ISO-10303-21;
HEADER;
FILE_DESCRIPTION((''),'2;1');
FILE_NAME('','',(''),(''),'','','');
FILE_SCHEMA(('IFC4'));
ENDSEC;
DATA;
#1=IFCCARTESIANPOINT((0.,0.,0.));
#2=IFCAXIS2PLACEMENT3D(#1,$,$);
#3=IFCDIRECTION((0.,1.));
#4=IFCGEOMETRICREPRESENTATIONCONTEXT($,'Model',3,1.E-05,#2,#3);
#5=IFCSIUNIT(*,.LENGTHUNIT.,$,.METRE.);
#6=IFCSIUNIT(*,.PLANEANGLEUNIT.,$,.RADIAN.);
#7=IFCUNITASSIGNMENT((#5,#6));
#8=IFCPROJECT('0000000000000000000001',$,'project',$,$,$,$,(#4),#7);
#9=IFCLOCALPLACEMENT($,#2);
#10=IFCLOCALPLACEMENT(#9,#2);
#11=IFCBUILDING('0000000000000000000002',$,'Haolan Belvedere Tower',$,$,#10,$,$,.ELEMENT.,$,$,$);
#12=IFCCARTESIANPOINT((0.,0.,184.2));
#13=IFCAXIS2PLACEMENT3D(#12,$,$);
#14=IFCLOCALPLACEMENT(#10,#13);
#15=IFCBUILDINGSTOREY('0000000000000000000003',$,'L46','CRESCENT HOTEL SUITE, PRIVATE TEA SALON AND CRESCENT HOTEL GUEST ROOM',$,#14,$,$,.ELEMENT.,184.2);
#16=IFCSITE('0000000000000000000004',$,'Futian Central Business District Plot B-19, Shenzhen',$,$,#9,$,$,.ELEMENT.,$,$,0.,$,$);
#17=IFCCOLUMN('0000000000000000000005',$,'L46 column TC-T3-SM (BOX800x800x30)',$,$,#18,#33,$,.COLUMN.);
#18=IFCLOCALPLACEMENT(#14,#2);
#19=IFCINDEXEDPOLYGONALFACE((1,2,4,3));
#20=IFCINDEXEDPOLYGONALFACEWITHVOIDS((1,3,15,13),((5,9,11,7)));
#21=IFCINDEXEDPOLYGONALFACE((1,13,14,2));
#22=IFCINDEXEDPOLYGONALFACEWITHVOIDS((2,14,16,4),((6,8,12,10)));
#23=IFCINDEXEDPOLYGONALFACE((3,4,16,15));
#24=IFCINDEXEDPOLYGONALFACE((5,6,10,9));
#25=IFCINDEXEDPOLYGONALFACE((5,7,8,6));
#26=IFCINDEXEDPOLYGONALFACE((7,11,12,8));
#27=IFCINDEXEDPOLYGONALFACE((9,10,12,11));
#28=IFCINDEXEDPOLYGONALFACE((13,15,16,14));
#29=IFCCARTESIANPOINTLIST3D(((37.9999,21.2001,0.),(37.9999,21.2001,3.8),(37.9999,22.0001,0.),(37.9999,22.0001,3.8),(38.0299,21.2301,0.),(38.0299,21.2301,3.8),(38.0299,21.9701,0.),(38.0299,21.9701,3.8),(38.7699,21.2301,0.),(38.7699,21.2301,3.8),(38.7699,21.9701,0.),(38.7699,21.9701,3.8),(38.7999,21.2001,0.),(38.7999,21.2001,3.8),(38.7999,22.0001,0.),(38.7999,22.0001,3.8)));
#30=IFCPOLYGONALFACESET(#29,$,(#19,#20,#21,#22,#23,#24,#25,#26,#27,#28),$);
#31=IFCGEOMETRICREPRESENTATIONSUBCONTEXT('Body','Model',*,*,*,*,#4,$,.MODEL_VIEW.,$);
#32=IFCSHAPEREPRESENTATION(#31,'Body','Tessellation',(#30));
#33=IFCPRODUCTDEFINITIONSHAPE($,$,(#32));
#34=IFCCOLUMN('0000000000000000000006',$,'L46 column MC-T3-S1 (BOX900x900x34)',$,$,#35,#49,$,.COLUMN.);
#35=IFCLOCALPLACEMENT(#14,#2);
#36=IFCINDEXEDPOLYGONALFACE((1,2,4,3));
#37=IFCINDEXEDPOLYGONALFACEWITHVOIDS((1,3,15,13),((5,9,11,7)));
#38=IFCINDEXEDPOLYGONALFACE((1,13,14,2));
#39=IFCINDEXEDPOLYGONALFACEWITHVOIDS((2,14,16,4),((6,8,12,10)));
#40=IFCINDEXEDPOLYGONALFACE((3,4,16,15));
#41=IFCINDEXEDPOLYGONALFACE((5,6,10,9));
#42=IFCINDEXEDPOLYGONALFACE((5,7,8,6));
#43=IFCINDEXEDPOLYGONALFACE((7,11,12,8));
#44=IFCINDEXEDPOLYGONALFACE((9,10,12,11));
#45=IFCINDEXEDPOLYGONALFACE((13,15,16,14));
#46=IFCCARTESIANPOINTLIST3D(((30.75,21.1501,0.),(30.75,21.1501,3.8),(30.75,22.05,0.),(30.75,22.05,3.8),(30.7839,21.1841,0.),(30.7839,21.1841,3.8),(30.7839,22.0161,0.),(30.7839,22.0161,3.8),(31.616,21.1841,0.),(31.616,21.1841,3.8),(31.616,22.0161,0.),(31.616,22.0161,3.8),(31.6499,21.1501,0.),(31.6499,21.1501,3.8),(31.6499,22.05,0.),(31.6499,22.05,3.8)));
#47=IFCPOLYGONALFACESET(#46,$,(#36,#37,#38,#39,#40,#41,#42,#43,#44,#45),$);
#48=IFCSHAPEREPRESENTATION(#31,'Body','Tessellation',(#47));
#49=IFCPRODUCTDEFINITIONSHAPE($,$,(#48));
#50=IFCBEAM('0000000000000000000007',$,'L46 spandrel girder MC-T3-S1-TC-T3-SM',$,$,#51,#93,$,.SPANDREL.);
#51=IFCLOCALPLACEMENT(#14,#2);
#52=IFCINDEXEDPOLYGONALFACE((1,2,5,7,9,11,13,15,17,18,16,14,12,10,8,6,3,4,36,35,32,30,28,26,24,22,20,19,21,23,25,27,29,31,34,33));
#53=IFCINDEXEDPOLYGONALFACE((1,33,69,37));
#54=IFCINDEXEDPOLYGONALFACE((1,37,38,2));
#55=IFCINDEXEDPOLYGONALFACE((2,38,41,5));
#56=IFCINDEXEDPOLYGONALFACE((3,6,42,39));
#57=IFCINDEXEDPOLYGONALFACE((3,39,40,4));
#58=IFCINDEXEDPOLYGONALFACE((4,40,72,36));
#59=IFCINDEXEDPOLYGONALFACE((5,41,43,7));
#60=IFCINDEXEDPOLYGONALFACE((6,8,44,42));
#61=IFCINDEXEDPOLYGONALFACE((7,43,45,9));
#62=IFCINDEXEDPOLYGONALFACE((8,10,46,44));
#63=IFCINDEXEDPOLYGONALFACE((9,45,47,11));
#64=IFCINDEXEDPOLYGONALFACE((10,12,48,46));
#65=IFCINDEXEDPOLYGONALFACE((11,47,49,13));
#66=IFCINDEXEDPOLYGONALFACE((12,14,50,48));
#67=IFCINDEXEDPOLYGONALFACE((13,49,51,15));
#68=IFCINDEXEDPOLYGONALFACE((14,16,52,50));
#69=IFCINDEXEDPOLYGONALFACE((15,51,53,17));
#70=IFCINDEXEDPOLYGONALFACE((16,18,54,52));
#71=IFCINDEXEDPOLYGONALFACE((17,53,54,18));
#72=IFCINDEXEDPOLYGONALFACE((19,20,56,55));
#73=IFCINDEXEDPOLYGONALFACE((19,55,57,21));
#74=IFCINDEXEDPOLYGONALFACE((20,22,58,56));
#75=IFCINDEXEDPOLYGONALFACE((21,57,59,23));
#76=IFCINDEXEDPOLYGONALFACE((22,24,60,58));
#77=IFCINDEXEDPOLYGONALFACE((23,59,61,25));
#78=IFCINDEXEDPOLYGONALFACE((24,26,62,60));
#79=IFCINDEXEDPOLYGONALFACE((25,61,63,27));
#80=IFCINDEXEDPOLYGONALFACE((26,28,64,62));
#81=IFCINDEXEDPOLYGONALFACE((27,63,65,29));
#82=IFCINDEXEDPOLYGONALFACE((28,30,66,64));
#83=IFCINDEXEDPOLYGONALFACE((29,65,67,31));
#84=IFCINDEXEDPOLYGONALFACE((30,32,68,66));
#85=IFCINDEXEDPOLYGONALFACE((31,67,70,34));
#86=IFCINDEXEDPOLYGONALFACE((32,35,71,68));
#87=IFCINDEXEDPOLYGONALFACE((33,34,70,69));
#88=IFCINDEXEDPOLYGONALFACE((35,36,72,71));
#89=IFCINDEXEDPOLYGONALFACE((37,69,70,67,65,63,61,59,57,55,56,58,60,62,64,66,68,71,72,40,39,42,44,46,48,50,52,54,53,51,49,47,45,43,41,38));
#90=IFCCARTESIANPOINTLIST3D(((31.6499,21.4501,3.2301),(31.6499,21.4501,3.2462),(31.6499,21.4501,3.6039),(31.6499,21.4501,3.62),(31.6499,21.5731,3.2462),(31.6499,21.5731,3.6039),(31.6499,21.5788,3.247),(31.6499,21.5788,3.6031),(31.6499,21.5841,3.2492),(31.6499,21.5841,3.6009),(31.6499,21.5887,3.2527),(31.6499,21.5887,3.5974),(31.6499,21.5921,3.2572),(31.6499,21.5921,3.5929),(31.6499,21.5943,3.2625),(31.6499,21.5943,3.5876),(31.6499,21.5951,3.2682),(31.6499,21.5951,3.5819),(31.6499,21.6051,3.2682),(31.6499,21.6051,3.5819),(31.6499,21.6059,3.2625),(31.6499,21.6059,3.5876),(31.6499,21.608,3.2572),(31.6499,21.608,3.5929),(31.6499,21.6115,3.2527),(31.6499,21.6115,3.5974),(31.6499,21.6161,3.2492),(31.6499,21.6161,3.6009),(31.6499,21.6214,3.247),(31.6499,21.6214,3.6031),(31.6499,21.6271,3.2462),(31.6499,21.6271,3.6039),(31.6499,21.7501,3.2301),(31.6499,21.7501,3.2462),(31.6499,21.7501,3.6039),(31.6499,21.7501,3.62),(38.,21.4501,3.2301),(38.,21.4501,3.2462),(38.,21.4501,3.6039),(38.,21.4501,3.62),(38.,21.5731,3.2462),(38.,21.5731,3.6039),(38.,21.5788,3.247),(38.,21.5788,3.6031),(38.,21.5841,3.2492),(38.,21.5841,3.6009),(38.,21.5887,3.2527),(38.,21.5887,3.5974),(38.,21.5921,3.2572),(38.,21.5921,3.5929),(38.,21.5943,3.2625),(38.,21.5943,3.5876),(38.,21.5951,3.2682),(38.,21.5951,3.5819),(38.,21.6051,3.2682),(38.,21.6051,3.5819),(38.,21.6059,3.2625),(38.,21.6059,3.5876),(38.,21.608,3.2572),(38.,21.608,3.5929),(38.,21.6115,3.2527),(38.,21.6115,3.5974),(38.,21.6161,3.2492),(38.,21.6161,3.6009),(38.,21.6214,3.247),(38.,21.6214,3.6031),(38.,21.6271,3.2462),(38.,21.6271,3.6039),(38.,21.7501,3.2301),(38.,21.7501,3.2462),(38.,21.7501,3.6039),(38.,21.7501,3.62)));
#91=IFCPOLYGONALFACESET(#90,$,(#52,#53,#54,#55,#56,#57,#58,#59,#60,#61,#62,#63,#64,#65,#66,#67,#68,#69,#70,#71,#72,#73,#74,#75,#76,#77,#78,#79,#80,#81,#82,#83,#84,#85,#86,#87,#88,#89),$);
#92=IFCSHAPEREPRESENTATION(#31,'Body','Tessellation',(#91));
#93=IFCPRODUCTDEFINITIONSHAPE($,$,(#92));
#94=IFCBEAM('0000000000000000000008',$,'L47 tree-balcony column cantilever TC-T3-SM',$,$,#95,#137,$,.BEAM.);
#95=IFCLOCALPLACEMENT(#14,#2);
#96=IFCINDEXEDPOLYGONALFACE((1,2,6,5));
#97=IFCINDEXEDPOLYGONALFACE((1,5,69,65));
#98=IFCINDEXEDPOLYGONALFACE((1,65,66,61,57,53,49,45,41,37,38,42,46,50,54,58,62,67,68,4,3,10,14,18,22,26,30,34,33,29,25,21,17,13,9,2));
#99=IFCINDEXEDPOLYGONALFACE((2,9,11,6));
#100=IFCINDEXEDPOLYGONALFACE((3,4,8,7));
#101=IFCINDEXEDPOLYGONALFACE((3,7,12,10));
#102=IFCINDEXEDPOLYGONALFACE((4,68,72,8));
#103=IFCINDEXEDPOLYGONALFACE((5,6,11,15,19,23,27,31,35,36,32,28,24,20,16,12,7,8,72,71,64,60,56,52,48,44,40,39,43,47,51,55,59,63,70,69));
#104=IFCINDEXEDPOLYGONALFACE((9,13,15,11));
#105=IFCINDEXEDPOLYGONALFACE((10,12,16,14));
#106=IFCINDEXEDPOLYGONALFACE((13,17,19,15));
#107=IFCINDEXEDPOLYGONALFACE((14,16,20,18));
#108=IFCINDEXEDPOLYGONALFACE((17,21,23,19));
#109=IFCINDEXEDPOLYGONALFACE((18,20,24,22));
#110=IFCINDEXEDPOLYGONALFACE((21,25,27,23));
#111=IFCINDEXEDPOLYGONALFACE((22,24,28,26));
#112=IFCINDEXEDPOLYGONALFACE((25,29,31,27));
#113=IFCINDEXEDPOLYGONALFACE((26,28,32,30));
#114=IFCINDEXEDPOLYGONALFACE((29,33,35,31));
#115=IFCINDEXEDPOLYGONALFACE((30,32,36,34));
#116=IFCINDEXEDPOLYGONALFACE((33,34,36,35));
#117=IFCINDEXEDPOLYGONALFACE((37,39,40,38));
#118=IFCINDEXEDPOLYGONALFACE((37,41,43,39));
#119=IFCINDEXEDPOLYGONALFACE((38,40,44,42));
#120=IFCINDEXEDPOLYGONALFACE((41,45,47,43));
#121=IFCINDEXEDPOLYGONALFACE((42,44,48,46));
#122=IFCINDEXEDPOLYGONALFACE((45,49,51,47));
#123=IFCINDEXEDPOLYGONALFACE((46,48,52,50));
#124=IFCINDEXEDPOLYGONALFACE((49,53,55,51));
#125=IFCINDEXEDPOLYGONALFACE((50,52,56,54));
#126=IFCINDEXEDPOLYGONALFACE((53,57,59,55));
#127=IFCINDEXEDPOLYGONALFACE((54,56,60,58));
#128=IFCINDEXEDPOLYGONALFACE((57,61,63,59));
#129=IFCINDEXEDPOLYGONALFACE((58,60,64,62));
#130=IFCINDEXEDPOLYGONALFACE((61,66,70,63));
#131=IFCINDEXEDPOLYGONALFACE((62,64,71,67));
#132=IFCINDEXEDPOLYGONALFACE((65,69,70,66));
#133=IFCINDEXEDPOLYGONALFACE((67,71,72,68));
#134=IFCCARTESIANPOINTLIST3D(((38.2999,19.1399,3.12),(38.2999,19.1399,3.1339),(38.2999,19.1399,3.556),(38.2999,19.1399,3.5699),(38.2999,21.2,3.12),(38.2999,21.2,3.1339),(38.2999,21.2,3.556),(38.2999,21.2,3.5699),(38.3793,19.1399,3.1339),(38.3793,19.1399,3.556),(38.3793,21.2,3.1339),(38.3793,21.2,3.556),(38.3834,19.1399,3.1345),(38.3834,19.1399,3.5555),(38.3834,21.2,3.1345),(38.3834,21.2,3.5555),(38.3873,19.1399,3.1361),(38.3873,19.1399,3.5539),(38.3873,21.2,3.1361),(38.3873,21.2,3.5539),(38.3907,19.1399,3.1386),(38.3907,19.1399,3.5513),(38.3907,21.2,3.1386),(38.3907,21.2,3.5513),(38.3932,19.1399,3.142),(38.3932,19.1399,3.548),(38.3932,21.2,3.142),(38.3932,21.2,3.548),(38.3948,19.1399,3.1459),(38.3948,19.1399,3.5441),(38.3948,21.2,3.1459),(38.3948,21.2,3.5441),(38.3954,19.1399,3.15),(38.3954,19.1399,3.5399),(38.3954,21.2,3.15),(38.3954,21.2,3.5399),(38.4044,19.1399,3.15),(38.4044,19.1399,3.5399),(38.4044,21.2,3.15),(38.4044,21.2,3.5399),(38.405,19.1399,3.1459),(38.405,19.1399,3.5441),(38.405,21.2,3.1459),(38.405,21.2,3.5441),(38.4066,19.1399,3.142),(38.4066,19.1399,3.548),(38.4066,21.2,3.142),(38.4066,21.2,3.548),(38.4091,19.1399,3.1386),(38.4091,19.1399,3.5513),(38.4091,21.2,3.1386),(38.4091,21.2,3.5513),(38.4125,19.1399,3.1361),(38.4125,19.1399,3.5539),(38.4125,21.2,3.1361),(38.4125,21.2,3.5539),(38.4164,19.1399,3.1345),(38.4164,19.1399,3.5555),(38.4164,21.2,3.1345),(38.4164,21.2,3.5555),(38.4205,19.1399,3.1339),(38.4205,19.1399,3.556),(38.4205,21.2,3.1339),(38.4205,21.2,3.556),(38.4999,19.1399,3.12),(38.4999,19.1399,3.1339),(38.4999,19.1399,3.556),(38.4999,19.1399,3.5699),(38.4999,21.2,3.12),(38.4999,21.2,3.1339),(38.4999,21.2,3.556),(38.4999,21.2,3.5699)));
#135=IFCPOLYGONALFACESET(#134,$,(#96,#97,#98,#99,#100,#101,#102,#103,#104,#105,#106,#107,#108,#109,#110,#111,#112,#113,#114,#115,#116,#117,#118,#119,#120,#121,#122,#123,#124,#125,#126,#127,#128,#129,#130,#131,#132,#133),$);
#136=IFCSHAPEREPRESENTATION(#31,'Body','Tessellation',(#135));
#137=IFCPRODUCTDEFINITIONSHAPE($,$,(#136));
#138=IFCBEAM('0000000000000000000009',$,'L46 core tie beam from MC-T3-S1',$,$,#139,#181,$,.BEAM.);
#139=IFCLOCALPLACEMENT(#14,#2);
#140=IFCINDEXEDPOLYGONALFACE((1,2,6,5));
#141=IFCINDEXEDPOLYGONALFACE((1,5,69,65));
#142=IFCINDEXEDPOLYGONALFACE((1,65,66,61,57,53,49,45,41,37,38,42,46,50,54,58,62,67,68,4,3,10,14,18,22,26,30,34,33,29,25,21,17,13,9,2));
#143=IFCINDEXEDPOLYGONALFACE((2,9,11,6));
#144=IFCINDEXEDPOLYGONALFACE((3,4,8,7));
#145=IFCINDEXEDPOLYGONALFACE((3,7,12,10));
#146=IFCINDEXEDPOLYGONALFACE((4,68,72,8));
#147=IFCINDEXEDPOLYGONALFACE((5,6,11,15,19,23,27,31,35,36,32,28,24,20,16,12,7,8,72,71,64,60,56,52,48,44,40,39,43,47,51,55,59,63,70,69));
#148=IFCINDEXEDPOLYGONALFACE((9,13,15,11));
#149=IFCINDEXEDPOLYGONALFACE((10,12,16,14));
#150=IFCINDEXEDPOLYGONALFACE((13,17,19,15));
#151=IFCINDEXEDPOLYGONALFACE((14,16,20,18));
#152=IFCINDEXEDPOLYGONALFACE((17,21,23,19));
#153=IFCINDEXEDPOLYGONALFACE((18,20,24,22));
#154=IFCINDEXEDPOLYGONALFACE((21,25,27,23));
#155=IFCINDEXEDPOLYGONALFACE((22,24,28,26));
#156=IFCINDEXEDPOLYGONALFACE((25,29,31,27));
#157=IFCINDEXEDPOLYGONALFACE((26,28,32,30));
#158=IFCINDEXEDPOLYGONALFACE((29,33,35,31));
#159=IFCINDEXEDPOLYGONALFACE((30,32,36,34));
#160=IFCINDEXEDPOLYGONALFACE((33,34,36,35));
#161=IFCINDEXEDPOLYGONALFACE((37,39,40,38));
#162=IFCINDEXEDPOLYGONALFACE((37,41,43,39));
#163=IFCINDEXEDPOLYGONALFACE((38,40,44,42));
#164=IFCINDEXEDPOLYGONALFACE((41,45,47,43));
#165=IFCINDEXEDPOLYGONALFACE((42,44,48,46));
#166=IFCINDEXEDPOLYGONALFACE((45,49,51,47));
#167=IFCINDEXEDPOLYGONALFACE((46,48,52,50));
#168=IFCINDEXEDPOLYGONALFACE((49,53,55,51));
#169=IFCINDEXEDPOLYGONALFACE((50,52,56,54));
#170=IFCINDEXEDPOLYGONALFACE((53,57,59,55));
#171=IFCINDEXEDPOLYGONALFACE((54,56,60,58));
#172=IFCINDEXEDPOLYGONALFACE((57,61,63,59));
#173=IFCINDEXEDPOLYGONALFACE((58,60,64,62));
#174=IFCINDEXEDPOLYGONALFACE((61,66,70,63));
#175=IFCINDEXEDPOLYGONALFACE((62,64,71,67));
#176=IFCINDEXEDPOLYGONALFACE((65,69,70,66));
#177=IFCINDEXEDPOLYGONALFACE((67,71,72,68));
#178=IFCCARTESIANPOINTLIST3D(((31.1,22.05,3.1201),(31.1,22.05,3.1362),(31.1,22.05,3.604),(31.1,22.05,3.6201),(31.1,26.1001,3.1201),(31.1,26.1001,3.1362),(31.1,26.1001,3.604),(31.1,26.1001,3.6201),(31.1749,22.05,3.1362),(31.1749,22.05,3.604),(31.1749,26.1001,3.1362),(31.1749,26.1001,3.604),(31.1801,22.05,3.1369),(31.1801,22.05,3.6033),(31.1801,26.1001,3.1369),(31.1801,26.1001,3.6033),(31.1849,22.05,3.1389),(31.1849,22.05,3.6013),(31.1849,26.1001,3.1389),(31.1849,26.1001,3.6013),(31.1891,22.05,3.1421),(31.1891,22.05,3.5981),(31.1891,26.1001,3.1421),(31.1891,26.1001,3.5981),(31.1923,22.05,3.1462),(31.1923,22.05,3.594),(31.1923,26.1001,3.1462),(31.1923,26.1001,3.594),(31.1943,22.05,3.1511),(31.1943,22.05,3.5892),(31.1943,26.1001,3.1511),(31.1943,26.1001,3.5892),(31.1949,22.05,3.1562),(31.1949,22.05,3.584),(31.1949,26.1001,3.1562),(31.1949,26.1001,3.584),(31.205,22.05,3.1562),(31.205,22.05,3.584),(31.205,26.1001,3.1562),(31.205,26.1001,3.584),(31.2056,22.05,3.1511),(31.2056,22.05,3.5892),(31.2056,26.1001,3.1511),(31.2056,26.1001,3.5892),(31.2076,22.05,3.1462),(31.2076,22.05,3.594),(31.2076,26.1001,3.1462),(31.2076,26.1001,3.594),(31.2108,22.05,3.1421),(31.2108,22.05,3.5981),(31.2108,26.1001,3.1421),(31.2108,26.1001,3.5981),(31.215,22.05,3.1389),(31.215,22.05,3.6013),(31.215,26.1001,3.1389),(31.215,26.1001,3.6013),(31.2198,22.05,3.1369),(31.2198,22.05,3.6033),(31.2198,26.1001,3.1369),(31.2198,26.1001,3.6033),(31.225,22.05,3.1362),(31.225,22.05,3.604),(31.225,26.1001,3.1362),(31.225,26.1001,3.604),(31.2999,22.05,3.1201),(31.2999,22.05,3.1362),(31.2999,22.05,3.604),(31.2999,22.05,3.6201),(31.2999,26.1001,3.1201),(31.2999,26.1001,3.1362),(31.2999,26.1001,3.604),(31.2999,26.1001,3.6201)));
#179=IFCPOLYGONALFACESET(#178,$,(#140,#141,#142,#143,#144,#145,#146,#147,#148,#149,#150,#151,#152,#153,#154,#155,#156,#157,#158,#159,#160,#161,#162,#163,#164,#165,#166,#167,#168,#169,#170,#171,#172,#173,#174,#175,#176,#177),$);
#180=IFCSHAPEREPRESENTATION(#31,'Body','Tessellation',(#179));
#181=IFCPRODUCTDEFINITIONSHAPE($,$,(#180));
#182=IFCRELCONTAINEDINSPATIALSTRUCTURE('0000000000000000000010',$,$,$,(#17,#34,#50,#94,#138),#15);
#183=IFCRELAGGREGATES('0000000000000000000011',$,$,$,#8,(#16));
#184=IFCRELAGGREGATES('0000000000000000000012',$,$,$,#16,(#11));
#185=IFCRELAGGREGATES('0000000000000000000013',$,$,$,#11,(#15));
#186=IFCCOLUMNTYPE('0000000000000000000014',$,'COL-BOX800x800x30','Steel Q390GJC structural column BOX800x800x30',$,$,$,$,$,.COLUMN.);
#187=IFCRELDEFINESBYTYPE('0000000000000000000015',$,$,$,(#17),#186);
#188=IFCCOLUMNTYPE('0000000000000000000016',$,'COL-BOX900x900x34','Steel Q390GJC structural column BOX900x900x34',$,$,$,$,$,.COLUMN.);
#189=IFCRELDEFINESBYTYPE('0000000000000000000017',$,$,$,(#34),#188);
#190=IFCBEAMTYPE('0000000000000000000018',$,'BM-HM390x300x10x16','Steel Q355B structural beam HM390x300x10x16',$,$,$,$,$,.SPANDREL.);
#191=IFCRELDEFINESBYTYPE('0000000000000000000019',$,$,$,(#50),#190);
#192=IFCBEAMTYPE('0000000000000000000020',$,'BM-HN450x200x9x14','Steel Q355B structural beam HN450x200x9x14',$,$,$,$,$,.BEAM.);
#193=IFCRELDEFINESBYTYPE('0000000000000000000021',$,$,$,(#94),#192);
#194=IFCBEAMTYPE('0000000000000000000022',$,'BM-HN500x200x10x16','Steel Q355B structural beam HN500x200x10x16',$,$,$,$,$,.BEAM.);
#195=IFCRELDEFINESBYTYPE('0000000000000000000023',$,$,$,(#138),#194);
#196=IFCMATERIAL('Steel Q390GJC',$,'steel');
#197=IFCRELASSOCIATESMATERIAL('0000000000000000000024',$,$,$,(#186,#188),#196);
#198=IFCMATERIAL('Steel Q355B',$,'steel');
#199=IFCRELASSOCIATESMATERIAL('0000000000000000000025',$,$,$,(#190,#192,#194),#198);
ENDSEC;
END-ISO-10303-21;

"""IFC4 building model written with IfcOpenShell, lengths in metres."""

from ifc_helpers import new_model, si_unit, direction, frame, origin, origin_2d, place, context, subcontext, project, spatial, hollow_rectangle, i_section, extrude, material, material_profile, profile_set, type_object, element, save


model = new_model("IFC4")

# Units and contexts
model_context = context("Model", 3, precision=1e-05, world=origin(), true_north=direction((0.0, 1.0)))
body_context = subcontext(model_context, "Body", "Model", "MODEL_VIEW")
ifc_project = project(units=[si_unit("LENGTHUNIT", "METRE"), si_unit("PLANEANGLEUNIT", "RADIAN")], contexts=[model_context])

# Site, building, storey
site_placement = place(None, origin())
site = spatial("IfcSite", under=ifc_project, at=site_placement, Name="Futian Central Business District Plot B-19, Shenzhen", CompositionType="ELEMENT", RefElevation=0.0)
building_placement = place(site_placement, origin())
building = spatial("IfcBuilding", under=site, at=building_placement, Name="Haolan Belvedere Tower", CompositionType="ELEMENT")
storey_placement = place(building_placement, frame((0.0, 0.0, 184.2)))
storey = spatial("IfcBuildingStorey", under=building, at=storey_placement, Name="L46", Description="CRESCENT HOTEL SUITE, PRIVATE TEA SALON AND CRESCENT HOTEL GUEST ROOM", CompositionType="ELEMENT", Elevation=184.2)

# Columns
ifc_material_1 = material(Name="Steel Q390GJC", Category="steel")
ifc_material_profile_1 = material_profile(ifc_material_1, hollow_rectangle(XDim=0.8, YDim=0.8, WallThickness=0.03, at=origin_2d()), Name="Steel Q390GJC")
ifc_profile_set_1 = profile_set([ifc_material_profile_1], Name="Steel Q390GJC")
column_type_1 = type_object("IfcColumnType", Name="COL-BOX800x800x30", Description="Steel Q390GJC structural column BOX800x800x30", PredefinedType="COLUMN", material=ifc_profile_set_1)
column_1_placement = place(storey_placement, frame((38.3999, 21.6001, 0.0), z_axis=(0.0, 0.0, 1.0), x_axis=(1.0, 0.0, 0.0)))
element("IfcColumn", 1, at=column_1_placement, inside=storey, type_object=column_type_1, Name="L46 column TC-T3-SM (BOX800x800x30)", PredefinedType="COLUMN", context=body_context, shape_type="SweptSolid", body=[
    extrude(hollow_rectangle(XDim=0.8, YDim=0.8, WallThickness=0.03, at=origin_2d()), origin(), (0.0, 0.0, 1.0), 3.8),
])
ifc_material_profile_2 = material_profile(ifc_material_1, hollow_rectangle(XDim=0.8999, YDim=0.8999, WallThickness=0.0339, at=origin_2d()), Name="Steel Q390GJC")
ifc_profile_set_2 = profile_set([ifc_material_profile_2], Name="Steel Q390GJC")
column_type_2 = type_object("IfcColumnType", Name="COL-BOX900x900x34", Description="Steel Q390GJC structural column BOX900x900x34", PredefinedType="COLUMN", material=ifc_profile_set_2)
column_2_placement = place(storey_placement, frame((31.2, 21.6001, 0.0), z_axis=(0.0, 0.0, 1.0), x_axis=(1.0, 0.0, 0.0)))
element("IfcColumn", 2, at=column_2_placement, inside=storey, type_object=column_type_2, Name="L46 column MC-T3-S1 (BOX900x900x34)", PredefinedType="COLUMN", context=body_context, shape_type="SweptSolid", body=[
    extrude(hollow_rectangle(XDim=0.8999, YDim=0.8999, WallThickness=0.0339, at=origin_2d()), origin(), (0.0, 0.0, 1.0), 3.8),
])

# Beams
ifc_material_2 = material(Name="Steel Q355B", Category="steel")
ifc_material_profile_3 = material_profile(ifc_material_2, i_section(OverallWidth=0.3, OverallDepth=0.3899, WebThickness=0.01, FlangeThickness=0.0161, FilletRadius=0.022, at=origin_2d()), Name="Steel Q355B")
ifc_profile_set_3 = profile_set([ifc_material_profile_3], Name="Steel Q355B")
beam_type_1 = type_object("IfcBeamType", Name="BM-HM390x300x10x16", Description="Steel Q355B structural beam HM390x300x10x16", PredefinedType="SPANDREL", material=ifc_profile_set_3)
beam_1_placement = place(storey_placement, frame((31.6499, 21.6001, 3.425), z_axis=(1.0, 0.0, 0.0), x_axis=(0.0, 1.0, 0.0)))
element("IfcBeam", 3, at=beam_1_placement, inside=storey, type_object=beam_type_1, Name="L46 spandrel girder MC-T3-S1-TC-T3-SM", PredefinedType="SPANDREL", context=body_context, shape_type="SweptSolid", body=[
    extrude(i_section(OverallWidth=0.3, OverallDepth=0.3899, WebThickness=0.01, FlangeThickness=0.0161, FilletRadius=0.022, at=origin_2d()), origin(), (0.0, 0.0, 1.0), 6.3501),
])
ifc_material_profile_4 = material_profile(ifc_material_2, i_section(OverallWidth=0.2, OverallDepth=0.45, WebThickness=0.009, FlangeThickness=0.0139, FilletRadius=0.0161, at=origin_2d()), Name="Steel Q355B")
ifc_profile_set_4 = profile_set([ifc_material_profile_4], Name="Steel Q355B")
beam_type_2 = type_object("IfcBeamType", Name="BM-HN450x200x9x14", Description="Steel Q355B structural beam HN450x200x9x14", PredefinedType="BEAM", material=ifc_profile_set_4)
beam_2_placement = place(storey_placement, frame((38.3999, 21.2, 3.345), z_axis=(0.0, -1.0, 0.0), x_axis=(1.0, 0.0, 0.0)))
element("IfcBeam", 4, at=beam_2_placement, inside=storey, type_object=beam_type_2, Name="L47 tree-balcony column cantilever TC-T3-SM", PredefinedType="BEAM", context=body_context, shape_type="SweptSolid", body=[
    extrude(i_section(OverallWidth=0.2, OverallDepth=0.45, WebThickness=0.009, FlangeThickness=0.0139, FilletRadius=0.0161, at=origin_2d()), origin(), (0.0, 0.0, 1.0), 2.0601),
])
ifc_material_profile_5 = material_profile(ifc_material_2, i_section(OverallWidth=0.2, OverallDepth=0.5, WebThickness=0.01, FlangeThickness=0.0161, FilletRadius=0.02, at=origin_2d()), Name="Steel Q355B")
ifc_profile_set_5 = profile_set([ifc_material_profile_5], Name="Steel Q355B")
beam_type_3 = type_object("IfcBeamType", Name="BM-HN500x200x10x16", Description="Steel Q355B structural beam HN500x200x10x16", PredefinedType="BEAM", material=ifc_profile_set_5)
beam_3_placement = place(storey_placement, frame((31.2, 22.05, 3.3701), z_axis=(0.0, 1.0, 0.0), x_axis=(-1.0, 0.0, 0.0)))
element("IfcBeam", 5, at=beam_3_placement, inside=storey, type_object=beam_type_3, Name="L46 core tie beam from MC-T3-S1", PredefinedType="BEAM", context=body_context, shape_type="SweptSolid", body=[
    extrude(i_section(OverallWidth=0.2, OverallDepth=0.5, WebThickness=0.01, FlangeThickness=0.0161, FilletRadius=0.02, at=origin_2d()), origin(), (0.0, 0.0, 1.0), 4.05),
])

save(model, "model.ifc")
